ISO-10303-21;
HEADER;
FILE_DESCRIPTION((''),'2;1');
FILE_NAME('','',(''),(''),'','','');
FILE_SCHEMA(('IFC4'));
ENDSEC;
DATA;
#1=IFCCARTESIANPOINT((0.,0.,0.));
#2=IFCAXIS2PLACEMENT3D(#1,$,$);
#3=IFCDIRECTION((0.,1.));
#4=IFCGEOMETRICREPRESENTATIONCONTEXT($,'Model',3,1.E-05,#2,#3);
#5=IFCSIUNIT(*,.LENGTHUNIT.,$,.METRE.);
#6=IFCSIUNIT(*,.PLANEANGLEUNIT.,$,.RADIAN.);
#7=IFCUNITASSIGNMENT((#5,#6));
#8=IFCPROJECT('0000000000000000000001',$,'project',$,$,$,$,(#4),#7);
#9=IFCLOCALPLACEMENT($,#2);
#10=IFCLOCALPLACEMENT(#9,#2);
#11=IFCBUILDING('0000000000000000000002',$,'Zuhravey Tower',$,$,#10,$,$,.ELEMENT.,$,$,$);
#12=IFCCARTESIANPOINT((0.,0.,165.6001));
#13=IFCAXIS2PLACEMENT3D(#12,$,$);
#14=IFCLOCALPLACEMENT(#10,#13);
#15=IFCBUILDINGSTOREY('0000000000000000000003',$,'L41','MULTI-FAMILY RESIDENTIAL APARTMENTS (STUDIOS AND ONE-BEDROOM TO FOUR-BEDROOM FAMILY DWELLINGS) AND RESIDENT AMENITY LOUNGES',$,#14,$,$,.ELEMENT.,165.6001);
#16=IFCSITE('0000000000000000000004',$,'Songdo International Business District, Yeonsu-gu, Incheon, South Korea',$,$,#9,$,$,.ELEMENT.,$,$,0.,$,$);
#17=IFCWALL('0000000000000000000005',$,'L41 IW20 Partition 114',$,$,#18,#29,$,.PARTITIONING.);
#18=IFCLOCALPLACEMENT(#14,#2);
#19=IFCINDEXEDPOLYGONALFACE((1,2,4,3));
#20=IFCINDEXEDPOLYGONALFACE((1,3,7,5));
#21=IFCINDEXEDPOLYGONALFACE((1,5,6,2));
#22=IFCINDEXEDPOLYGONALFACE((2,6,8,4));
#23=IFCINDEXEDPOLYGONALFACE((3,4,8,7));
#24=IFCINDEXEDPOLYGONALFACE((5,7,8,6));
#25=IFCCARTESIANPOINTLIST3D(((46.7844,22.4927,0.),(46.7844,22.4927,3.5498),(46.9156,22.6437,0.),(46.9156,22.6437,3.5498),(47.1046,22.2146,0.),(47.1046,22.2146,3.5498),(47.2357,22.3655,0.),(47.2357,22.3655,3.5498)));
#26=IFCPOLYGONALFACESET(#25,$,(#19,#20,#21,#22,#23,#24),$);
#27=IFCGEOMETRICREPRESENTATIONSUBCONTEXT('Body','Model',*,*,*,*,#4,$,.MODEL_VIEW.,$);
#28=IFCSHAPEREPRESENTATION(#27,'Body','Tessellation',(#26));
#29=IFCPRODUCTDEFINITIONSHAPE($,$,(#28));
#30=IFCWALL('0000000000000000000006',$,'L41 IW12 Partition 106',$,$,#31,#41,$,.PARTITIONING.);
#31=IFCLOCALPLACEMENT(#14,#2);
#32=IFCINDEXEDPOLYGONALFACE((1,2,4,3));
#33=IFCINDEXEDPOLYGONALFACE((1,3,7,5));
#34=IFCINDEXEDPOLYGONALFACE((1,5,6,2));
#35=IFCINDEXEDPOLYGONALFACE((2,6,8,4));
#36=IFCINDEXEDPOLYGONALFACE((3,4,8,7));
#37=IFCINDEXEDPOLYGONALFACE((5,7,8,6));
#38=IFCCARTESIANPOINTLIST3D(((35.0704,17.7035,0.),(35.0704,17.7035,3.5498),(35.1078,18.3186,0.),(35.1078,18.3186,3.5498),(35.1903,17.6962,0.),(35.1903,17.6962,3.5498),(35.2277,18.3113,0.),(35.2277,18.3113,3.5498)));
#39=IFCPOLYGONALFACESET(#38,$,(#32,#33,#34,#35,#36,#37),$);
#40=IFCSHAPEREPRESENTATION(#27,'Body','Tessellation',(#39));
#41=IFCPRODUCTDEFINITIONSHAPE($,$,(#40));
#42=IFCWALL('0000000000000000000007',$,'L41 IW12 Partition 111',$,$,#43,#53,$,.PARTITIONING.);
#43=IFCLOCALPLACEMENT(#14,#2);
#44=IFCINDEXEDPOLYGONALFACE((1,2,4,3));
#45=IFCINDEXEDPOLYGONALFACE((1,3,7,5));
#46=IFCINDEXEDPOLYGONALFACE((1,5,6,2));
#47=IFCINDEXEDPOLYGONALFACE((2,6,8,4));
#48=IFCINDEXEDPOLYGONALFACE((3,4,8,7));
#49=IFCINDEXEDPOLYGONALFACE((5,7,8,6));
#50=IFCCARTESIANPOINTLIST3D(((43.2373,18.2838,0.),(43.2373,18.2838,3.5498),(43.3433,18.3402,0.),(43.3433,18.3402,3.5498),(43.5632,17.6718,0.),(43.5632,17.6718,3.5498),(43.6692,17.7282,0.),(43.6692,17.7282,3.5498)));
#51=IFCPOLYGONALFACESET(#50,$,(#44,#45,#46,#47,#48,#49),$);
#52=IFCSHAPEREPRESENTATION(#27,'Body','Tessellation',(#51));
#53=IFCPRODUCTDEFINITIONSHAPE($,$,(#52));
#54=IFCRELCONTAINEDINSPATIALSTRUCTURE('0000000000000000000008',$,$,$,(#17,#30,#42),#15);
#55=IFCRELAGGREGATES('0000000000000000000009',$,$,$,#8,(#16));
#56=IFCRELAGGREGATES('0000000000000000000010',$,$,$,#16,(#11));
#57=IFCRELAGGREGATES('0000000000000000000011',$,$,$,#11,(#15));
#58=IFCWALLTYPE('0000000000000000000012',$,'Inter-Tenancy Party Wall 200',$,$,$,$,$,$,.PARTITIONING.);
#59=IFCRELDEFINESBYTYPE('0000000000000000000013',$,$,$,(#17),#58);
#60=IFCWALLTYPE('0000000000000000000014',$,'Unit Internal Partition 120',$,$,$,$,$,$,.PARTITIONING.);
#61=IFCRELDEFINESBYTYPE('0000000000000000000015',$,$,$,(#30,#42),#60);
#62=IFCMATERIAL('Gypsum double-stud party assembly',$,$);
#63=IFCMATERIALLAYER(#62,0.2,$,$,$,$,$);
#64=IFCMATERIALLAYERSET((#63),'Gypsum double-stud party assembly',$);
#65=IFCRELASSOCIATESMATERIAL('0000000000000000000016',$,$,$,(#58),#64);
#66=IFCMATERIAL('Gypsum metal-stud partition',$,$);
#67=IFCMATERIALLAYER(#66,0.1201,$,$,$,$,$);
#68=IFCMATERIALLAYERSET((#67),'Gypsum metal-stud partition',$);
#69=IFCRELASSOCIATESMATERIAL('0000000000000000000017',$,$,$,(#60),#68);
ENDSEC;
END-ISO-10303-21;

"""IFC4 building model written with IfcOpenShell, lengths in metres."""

from ifc_helpers import new_model, si_unit, direction, frame, frame_2d, origin, place, context, subcontext, project, spatial, rectangle, extrude, material, layer, layer_set, type_object, element, save


model = new_model("IFC4")

# Units and contexts
model_context = context("Model", 3, precision=1e-05, world=origin(), true_north=direction((0.0, 1.0)))
body_context = subcontext(model_context, "Body", "Model", "MODEL_VIEW")
ifc_project = project(units=[si_unit("LENGTHUNIT", "METRE"), si_unit("PLANEANGLEUNIT", "RADIAN")], contexts=[model_context])

# Site, building, storey
site_placement = place(None, origin())
site = spatial("IfcSite", under=ifc_project, at=site_placement, Name="Songdo International Business District, Yeonsu-gu, Incheon, South Korea", CompositionType="ELEMENT", RefElevation=0.0)
building_placement = place(site_placement, origin())
building = spatial("IfcBuilding", under=site, at=building_placement, Name="Zuhravey Tower", CompositionType="ELEMENT")
storey_placement = place(building_placement, frame((0.0, 0.0, 165.6001)))
storey = spatial("IfcBuildingStorey", under=building, at=storey_placement, Name="L41", Description="MULTI-FAMILY RESIDENTIAL APARTMENTS (STUDIOS AND ONE-BEDROOM TO FOUR-BEDROOM FAMILY DWELLINGS) AND RESIDENT AMENITY LOUNGES", CompositionType="ELEMENT", Elevation=165.6001)

# Walls
ifc_material_1 = material(Name="Gypsum double-stud party assembly")
ifc_layer_1 = layer(ifc_material_1, 0.2)
ifc_layer_set_1 = layer_set([ifc_layer_1], Name="Gypsum double-stud party assembly")
wall_type_1 = type_object("IfcWallType", Name="Inter-Tenancy Party Wall 200", PredefinedType="PARTITIONING", material=ifc_layer_set_1)
wall_1_placement = place(storey_placement, frame((46.8501, 22.5681, 0.0), z_axis=(0.0, 0.0, 1.0), x_axis=(0.754891, -0.655851, 0.0)))
element("IfcWall", 1, at=wall_1_placement, inside=storey, type_object=wall_type_1, Name="L41 IW20 Partition 114", PredefinedType="PARTITIONING", context=body_context, shape_type="SweptSolid", body=[
    extrude(rectangle(XDim=0.4241, YDim=0.2, at=frame_2d((0.2119, 0.0))), origin(), (0.0, 0.0, 1.0), 3.5498),
])
ifc_material_2 = material(Name="Gypsum metal-stud partition")
ifc_layer_2 = layer(ifc_material_2, 0.1201)
ifc_layer_set_2 = layer_set([ifc_layer_2], Name="Gypsum metal-stud partition")
wall_type_2 = type_object("IfcWallType", Name="Unit Internal Partition 120", PredefinedType="PARTITIONING", material=ifc_layer_set_2)
wall_2_placement = place(storey_placement, frame((35.1677, 18.3149, 0.0), z_axis=(0.0, 0.0, 1.0), x_axis=(-0.060627, -0.998161, 0.0)))
element("IfcWall", 2, at=wall_2_placement, inside=storey, type_object=wall_type_2, Name="L41 IW12 Partition 106", PredefinedType="PARTITIONING", context=body_context, shape_type="SweptSolid", body=[
    extrude(rectangle(XDim=0.6162, YDim=0.1201, at=frame_2d((0.3081, 0.0))), origin(), (0.0, 0.0, 1.0), 3.5498),
])
wall_3_placement = place(storey_placement, frame((43.2903, 18.312, 0.0), z_axis=(0.0, 0.0, 1.0), x_axis=(0.470022, -0.882655, 0.0)))
element("IfcWall", 3, at=wall_3_placement, inside=storey, type_object=wall_type_2, Name="L41 IW12 Partition 111", PredefinedType="PARTITIONING", context=body_context, shape_type="SweptSolid", body=[
    extrude(rectangle(XDim=0.6934, YDim=0.1201, at=frame_2d((0.3467, 0.0))), origin(), (0.0, 0.0, 1.0), 3.5498),
])

save(model, "model.ifc")
